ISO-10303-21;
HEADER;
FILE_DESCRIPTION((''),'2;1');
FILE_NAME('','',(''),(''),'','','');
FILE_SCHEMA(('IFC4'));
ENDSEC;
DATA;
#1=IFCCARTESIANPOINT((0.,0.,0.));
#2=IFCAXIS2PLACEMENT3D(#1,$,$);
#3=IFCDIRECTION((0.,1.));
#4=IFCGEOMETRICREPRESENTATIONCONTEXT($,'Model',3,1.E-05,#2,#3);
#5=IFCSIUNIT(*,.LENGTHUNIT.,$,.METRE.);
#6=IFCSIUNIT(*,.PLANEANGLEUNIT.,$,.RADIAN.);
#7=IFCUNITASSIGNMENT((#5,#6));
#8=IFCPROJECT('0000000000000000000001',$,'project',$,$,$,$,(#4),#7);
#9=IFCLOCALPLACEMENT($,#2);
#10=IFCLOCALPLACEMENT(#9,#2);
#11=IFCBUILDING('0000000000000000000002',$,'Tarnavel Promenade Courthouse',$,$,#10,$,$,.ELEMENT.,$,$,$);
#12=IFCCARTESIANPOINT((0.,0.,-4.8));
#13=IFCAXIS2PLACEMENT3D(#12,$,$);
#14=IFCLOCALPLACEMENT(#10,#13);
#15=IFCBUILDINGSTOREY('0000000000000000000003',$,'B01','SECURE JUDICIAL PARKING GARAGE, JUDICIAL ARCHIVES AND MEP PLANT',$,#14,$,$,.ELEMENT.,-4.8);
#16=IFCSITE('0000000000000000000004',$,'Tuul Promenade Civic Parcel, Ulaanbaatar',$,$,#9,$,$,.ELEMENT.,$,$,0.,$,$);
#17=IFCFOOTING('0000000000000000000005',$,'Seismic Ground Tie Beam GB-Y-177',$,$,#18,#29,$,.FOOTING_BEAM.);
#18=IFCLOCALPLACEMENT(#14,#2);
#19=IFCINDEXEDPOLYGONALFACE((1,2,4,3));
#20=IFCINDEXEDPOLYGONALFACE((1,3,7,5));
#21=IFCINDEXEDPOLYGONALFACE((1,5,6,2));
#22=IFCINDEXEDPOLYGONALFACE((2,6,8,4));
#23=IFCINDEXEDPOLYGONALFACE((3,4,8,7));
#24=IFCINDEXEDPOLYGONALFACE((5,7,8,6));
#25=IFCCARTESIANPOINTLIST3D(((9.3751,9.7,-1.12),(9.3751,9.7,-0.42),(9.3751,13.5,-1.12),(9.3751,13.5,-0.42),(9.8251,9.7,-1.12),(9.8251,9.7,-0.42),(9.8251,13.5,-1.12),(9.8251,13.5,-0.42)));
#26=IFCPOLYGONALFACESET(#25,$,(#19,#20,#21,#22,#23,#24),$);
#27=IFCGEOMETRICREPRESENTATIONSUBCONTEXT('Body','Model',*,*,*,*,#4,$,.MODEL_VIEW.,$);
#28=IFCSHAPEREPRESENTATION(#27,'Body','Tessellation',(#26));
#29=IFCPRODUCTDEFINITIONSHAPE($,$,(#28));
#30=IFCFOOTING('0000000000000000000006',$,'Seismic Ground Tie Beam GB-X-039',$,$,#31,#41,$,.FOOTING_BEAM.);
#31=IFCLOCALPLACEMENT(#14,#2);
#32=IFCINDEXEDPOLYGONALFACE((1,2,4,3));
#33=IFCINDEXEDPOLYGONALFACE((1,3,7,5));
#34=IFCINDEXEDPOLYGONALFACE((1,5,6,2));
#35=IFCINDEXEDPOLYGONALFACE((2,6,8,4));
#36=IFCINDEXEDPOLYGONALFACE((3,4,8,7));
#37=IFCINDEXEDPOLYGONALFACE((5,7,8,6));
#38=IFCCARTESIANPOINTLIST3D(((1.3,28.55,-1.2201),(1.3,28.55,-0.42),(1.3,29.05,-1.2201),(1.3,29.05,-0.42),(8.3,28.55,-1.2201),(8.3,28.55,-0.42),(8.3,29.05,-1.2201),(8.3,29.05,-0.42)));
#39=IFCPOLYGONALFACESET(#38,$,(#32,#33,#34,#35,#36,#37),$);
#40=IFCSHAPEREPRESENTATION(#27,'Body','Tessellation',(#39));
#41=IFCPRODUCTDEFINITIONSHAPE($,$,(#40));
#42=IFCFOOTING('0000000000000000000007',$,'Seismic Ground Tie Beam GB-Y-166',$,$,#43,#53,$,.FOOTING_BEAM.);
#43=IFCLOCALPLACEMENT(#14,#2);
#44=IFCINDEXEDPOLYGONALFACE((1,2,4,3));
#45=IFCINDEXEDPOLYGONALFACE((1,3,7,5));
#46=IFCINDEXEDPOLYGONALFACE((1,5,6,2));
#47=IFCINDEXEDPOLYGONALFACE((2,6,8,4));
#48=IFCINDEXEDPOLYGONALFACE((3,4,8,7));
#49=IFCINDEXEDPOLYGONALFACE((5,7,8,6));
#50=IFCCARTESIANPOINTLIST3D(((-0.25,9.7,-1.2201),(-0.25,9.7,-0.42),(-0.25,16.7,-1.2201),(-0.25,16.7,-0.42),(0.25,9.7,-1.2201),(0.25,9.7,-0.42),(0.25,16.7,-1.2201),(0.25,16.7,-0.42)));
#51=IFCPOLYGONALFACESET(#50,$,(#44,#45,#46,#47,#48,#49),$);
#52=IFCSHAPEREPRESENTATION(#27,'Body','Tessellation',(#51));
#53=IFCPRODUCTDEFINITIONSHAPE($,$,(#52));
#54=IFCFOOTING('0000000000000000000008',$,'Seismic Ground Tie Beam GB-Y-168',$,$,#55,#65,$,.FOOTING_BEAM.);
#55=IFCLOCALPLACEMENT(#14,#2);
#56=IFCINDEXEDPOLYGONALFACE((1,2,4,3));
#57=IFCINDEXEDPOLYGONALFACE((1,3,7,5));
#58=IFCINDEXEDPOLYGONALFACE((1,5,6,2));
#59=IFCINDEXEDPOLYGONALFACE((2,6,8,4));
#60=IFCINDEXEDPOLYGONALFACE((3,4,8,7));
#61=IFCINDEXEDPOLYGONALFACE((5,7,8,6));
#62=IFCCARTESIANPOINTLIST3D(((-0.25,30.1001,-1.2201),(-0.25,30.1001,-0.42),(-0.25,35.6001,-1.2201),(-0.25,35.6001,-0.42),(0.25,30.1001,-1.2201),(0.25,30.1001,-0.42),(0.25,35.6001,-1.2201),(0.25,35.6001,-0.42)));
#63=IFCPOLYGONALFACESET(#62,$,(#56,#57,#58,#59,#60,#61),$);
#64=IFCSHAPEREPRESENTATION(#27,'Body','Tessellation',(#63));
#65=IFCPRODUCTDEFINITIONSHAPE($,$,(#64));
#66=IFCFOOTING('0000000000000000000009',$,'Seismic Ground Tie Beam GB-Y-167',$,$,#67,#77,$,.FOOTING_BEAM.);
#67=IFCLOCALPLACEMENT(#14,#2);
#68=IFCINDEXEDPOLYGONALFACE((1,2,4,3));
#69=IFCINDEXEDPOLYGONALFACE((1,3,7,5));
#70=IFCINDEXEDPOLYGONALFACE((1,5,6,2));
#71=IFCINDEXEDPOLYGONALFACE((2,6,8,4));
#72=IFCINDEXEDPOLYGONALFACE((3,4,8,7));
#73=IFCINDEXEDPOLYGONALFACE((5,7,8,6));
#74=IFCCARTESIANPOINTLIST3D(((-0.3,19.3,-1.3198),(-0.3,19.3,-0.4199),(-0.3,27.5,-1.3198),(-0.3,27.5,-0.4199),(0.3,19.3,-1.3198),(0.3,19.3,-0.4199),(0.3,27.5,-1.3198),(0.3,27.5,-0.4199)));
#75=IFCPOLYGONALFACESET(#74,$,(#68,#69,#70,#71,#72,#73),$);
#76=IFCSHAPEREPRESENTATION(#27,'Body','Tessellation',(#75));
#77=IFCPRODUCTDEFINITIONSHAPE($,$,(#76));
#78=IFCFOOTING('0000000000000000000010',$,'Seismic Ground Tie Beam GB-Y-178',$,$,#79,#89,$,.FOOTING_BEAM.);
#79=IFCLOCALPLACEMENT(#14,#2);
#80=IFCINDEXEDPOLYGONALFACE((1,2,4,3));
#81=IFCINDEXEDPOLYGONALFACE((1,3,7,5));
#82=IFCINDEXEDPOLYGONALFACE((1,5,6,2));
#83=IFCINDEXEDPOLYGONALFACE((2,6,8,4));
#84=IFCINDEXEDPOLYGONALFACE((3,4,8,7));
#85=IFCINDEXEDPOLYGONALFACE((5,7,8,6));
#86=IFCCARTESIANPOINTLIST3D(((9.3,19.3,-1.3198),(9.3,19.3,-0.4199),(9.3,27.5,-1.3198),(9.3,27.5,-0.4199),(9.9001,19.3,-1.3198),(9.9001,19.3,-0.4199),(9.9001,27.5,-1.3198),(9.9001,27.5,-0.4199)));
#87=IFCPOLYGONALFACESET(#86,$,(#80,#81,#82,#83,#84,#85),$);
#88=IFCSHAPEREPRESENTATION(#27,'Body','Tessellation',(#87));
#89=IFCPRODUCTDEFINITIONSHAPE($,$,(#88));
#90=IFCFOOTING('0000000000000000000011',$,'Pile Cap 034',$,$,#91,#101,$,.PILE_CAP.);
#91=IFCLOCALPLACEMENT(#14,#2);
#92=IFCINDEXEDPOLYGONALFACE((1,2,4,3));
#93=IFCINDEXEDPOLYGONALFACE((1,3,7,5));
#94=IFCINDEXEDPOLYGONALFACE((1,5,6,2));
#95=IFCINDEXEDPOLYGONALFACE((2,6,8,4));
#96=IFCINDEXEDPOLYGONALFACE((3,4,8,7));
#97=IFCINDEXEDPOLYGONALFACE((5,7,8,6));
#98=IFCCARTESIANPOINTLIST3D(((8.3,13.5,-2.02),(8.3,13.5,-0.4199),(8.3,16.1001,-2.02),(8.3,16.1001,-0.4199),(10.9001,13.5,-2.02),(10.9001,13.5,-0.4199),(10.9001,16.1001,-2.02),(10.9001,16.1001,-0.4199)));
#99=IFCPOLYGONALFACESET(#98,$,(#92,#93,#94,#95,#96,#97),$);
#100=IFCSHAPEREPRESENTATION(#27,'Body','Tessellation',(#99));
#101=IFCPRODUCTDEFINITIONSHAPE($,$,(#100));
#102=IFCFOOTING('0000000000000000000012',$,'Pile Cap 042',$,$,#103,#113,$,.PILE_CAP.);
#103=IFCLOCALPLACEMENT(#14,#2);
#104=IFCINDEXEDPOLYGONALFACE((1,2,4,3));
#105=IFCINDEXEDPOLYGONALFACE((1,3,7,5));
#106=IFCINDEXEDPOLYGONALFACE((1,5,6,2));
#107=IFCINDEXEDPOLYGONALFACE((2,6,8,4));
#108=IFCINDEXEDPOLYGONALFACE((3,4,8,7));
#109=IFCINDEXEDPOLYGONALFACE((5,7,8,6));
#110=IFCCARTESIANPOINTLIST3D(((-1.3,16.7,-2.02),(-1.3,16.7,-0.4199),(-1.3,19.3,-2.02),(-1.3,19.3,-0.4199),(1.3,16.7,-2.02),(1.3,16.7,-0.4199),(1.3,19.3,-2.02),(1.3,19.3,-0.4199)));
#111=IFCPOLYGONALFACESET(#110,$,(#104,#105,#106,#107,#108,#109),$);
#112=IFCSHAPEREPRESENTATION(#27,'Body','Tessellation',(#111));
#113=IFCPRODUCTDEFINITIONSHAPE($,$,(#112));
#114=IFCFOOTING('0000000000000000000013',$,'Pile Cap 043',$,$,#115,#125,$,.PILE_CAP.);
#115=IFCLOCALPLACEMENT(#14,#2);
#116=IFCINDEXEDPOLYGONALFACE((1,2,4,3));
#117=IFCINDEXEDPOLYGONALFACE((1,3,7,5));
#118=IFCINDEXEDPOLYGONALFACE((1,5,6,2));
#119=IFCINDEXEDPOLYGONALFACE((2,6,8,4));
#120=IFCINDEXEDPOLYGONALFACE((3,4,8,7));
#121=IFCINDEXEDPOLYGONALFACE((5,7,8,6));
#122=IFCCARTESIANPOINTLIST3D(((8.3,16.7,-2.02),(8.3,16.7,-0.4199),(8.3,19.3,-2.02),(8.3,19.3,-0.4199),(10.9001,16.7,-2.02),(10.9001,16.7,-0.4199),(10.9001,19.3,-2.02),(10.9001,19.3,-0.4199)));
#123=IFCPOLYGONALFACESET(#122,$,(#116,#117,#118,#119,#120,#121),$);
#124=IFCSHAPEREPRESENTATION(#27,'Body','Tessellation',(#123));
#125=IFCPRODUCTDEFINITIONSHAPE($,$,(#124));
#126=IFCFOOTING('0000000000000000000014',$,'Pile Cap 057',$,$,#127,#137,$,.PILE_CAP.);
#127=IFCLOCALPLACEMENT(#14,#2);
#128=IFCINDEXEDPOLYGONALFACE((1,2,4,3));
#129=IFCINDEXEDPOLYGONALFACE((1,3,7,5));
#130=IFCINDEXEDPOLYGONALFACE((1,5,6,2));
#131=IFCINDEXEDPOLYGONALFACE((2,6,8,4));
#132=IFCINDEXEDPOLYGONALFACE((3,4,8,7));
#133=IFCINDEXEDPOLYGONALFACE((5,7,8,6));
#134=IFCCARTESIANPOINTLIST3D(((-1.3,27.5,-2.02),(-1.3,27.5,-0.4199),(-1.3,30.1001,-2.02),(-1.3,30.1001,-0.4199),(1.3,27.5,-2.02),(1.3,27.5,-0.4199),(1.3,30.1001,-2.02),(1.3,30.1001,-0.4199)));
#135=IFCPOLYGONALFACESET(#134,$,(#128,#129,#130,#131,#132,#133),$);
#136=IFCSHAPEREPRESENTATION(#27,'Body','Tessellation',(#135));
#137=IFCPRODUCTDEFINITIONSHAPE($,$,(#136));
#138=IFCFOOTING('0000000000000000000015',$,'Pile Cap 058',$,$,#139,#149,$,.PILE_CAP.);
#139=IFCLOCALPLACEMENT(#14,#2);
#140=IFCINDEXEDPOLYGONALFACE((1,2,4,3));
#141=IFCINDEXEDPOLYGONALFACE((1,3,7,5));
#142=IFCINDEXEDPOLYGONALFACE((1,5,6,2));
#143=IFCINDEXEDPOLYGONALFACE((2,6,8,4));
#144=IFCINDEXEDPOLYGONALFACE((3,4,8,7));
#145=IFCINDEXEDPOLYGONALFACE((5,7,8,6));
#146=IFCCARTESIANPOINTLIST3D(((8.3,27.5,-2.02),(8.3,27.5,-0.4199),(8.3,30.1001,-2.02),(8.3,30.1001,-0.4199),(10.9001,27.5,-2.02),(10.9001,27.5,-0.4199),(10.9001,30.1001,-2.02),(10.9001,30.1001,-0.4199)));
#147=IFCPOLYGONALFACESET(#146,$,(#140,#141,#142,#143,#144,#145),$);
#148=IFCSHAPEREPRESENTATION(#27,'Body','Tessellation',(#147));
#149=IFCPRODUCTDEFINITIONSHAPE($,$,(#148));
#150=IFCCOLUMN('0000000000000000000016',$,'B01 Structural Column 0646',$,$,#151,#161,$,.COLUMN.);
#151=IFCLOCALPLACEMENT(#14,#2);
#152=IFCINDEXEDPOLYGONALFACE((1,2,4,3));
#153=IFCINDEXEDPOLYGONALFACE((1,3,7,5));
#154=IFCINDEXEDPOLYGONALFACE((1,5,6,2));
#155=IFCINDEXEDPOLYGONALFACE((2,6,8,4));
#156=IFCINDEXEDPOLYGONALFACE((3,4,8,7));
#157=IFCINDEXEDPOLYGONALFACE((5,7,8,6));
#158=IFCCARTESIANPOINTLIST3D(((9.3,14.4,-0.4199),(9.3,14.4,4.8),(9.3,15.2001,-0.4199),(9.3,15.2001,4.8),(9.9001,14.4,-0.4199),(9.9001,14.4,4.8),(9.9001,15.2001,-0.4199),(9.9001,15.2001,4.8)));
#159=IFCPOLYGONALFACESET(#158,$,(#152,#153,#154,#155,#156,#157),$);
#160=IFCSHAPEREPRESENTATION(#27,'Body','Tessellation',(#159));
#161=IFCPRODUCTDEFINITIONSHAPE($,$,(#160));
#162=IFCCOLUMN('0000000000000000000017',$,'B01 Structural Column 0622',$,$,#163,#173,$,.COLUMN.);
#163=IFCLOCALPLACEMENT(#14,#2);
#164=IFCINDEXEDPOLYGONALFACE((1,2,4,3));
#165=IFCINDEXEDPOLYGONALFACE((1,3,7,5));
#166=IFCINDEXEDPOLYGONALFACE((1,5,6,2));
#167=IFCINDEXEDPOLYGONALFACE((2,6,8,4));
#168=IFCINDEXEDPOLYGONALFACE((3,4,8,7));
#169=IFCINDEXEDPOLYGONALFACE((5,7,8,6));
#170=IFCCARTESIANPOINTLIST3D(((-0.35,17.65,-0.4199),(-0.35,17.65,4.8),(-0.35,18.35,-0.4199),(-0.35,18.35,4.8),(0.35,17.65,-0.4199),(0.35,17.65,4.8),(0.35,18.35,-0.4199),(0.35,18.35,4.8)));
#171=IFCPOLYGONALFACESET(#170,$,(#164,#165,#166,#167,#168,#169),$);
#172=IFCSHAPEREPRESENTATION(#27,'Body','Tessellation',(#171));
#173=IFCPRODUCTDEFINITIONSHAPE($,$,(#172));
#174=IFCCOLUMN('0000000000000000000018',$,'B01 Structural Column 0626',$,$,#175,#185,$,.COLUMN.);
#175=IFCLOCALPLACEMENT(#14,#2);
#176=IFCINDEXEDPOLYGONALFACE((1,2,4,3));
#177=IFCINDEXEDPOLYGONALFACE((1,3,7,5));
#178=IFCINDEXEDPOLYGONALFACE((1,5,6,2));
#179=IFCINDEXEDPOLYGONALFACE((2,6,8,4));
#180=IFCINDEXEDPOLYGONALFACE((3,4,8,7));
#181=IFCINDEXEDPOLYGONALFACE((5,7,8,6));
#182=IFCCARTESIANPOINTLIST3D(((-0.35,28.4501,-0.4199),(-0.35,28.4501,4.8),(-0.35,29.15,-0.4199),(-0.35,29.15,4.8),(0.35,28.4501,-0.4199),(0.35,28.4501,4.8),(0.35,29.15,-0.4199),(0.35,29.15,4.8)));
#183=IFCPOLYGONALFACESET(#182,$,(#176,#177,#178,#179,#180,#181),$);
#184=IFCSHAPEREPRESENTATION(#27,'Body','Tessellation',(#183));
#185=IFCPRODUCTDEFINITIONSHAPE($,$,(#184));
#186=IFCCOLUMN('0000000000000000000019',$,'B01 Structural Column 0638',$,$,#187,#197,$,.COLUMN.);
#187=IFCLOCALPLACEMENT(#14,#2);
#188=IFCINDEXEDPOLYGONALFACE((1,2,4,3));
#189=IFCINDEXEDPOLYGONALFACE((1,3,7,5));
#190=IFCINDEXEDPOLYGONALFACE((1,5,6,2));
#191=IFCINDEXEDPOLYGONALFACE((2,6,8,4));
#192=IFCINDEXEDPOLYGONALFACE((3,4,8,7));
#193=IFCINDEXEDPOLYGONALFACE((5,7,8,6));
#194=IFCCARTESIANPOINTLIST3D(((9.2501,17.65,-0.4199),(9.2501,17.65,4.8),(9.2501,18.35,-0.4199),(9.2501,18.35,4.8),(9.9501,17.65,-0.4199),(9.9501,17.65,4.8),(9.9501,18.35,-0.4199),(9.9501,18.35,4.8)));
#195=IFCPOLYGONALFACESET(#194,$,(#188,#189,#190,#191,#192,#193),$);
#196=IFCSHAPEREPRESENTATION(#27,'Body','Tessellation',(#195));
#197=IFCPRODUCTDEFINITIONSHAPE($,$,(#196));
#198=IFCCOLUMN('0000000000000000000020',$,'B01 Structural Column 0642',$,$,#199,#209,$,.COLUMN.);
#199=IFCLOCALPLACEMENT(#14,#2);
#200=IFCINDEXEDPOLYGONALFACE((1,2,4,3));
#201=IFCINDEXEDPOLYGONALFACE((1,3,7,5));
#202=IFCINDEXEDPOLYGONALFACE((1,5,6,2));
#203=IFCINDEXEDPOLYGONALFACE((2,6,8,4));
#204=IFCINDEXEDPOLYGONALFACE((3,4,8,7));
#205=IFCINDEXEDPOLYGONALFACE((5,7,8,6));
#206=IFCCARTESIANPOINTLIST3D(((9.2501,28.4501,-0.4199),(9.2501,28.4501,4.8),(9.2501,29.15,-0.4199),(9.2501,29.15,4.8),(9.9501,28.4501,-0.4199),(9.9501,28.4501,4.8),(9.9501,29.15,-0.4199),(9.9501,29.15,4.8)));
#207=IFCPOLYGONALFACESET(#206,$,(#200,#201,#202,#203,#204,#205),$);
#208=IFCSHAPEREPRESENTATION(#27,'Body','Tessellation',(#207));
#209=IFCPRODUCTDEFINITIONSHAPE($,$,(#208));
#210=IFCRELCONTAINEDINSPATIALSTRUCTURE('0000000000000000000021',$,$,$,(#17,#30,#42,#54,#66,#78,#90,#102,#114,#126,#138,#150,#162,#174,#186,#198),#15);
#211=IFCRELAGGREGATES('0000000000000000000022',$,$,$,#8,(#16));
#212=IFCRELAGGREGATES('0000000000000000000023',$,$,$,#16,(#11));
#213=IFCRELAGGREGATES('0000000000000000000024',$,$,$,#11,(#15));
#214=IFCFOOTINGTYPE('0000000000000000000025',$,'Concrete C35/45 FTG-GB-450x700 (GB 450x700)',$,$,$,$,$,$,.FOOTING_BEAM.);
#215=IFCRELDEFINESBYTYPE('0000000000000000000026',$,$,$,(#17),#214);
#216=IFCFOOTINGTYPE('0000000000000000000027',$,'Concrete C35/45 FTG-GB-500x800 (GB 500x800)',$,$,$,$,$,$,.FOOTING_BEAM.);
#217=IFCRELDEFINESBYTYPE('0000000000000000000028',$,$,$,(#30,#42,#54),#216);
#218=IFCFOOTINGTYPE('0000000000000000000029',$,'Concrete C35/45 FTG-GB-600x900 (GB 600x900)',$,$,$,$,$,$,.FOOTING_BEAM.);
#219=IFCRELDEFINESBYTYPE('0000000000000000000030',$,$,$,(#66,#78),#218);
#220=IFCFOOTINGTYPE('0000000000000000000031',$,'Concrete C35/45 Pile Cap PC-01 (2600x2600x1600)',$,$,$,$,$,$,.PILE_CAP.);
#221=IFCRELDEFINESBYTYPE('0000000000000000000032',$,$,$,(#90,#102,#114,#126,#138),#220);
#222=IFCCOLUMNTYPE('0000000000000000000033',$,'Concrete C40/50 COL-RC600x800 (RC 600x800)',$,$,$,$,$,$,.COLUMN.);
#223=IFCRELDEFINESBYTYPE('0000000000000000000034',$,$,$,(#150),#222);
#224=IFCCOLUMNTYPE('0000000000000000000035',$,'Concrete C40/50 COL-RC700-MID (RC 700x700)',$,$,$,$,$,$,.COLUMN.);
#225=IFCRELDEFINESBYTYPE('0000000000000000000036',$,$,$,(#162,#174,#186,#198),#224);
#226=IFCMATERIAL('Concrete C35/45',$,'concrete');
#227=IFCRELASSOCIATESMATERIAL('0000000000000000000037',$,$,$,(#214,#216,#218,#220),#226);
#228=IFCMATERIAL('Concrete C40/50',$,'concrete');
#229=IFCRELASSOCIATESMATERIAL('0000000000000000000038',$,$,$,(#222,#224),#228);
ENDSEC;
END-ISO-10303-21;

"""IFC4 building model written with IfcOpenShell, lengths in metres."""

from ifc_helpers import new_model, si_unit, direction, frame, origin, origin_2d, place, context, subcontext, project, spatial, rectangle, extrude, material, material_profile, profile_set, type_object, element, save


model = new_model("IFC4")

# Units and contexts
model_context = context("Model", 3, precision=1e-05, world=origin(), true_north=direction((0.0, 1.0)))
body_context = subcontext(model_context, "Body", "Model", "MODEL_VIEW")
ifc_project = project(units=[si_unit("LENGTHUNIT", "METRE"), si_unit("PLANEANGLEUNIT", "RADIAN")], contexts=[model_context])

# Site, building, storey
site_placement = place(None, origin())
site = spatial("IfcSite", under=ifc_project, at=site_placement, Name="Tuul Promenade Civic Parcel, Ulaanbaatar", CompositionType="ELEMENT", RefElevation=0.0)
building_placement = place(site_placement, origin())
building = spatial("IfcBuilding", under=site, at=building_placement, Name="Tarnavel Promenade Courthouse", CompositionType="ELEMENT")
storey_placement = place(building_placement, frame((0.0, 0.0, -4.8)))
storey = spatial("IfcBuildingStorey", under=building, at=storey_placement, Name="B01", Description="SECURE JUDICIAL PARKING GARAGE, JUDICIAL ARCHIVES AND MEP PLANT", CompositionType="ELEMENT", Elevation=-4.8)

# Footings
ifc_material_1 = material(Name="Concrete C35/45", Category="concrete")
ifc_material_profile_1 = material_profile(ifc_material_1, rectangle(XDim=0.45, YDim=0.7, at=origin_2d()), Name="GB 450x700")
ifc_profile_set_1 = profile_set([ifc_material_profile_1], Name="Concrete C35/45")
footing_type_1 = type_object("IfcFootingType", Name="Concrete C35/45 FTG-GB-450x700 (GB 450x700)", PredefinedType="FOOTING_BEAM", material=ifc_profile_set_1)
footing_1_placement = place(storey_placement, frame((9.6001, 9.7, -0.77), z_axis=(0.0, 1.0, 0.0), x_axis=(-1.0, 0.0, 0.0)))
element("IfcFooting", 1, at=footing_1_placement, inside=storey, type_object=footing_type_1, Name="Seismic Ground Tie Beam GB-Y-177", PredefinedType="FOOTING_BEAM", context=body_context, shape_type="SweptSolid", body=[
    extrude(rectangle(XDim=0.45, YDim=0.7, at=origin_2d()), origin(), (0.0, 0.0, 1.0), 3.8),
])
ifc_material_profile_2 = material_profile(ifc_material_1, rectangle(XDim=0.5, YDim=0.8, at=origin_2d()), Name="GB 500x800")
ifc_profile_set_2 = profile_set([ifc_material_profile_2], Name="Concrete C35/45")
footing_type_2 = type_object("IfcFootingType", Name="Concrete C35/45 FTG-GB-500x800 (GB 500x800)", PredefinedType="FOOTING_BEAM", material=ifc_profile_set_2)
for number, where, z_axis, x_axis, name in (
    (2, (1.3, 28.8, -0.8201), (1.0, 0.0, 0.0), (0.0, 1.0, 0.0), "Seismic Ground Tie Beam GB-X-039"),
    (3, (0.0, 9.7, -0.8201), (0.0, 1.0, 0.0), (-1.0, 0.0, 0.0), "Seismic Ground Tie Beam GB-Y-166"),
):
    element("IfcFooting", number, at=place(storey_placement, frame(where, z_axis=z_axis, x_axis=x_axis)), inside=storey, type_object=footing_type_2, Name=name, PredefinedType="FOOTING_BEAM", context=body_context, shape_type="SweptSolid", body=[
        extrude(rectangle(XDim=0.5, YDim=0.8, at=origin_2d()), origin(), (0.0, 0.0, 1.0), 7.0),
    ])
footing_2_placement = place(storey_placement, frame((0.0, 30.1001, -0.8201), z_axis=(0.0, 1.0, 0.0), x_axis=(-1.0, 0.0, 0.0)))
element("IfcFooting", 4, at=footing_2_placement, inside=storey, type_object=footing_type_2, Name="Seismic Ground Tie Beam GB-Y-168", PredefinedType="FOOTING_BEAM", context=body_context, shape_type="SweptSolid", body=[
    extrude(rectangle(XDim=0.5, YDim=0.8, at=origin_2d()), origin(), (0.0, 0.0, 1.0), 5.5),
])
ifc_material_profile_3 = material_profile(ifc_material_1, rectangle(XDim=0.6001, YDim=0.8999, at=origin_2d()), Name="GB 600x900")
ifc_profile_set_3 = profile_set([ifc_material_profile_3], Name="Concrete C35/45")
footing_type_3 = type_object("IfcFootingType", Name="Concrete C35/45 FTG-GB-600x900 (GB 600x900)", PredefinedType="FOOTING_BEAM", material=ifc_profile_set_3)
for number, where, z_axis, x_axis, name in (
    (5, (0.0, 19.3, -0.8699), (0.0, 1.0, 0.0), (-1.0, 0.0, 0.0), "Seismic Ground Tie Beam GB-Y-167"),
    (6, (9.6001, 19.3, -0.8699), (0.0, 1.0, 0.0), (-1.0, 0.0, 0.0), "Seismic Ground Tie Beam GB-Y-178"),
):
    element("IfcFooting", number, at=place(storey_placement, frame(where, z_axis=z_axis, x_axis=x_axis)), inside=storey, type_object=footing_type_3, Name=name, PredefinedType="FOOTING_BEAM", context=body_context, shape_type="SweptSolid", body=[
        extrude(rectangle(XDim=0.6001, YDim=0.8999, at=origin_2d()), origin(), (0.0, 0.0, 1.0), 8.2),
    ])
footing_type_4 = type_object("IfcFootingType", Name="Concrete C35/45 Pile Cap PC-01 (2600x2600x1600)", PredefinedType="PILE_CAP", material=ifc_material_1)
for number, where, z_axis, x_axis, name in (
    (7, (9.6001, 14.8, -2.02), (0.0, 0.0, 1.0), (1.0, 0.0, 0.0), "Pile Cap 034"),
    (8, (0.0, 18.0, -2.02), (0.0, 0.0, 1.0), (1.0, 0.0, 0.0), "Pile Cap 042"),
    (9, (9.6001, 18.0, -2.02), (0.0, 0.0, 1.0), (1.0, 0.0, 0.0), "Pile Cap 043"),
    (10, (0.0, 28.8, -2.02), (0.0, 0.0, 1.0), (1.0, 0.0, 0.0), "Pile Cap 057"),
    (11, (9.6001, 28.8, -2.02), (0.0, 0.0, 1.0), (1.0, 0.0, 0.0), "Pile Cap 058"),
):
    element("IfcFooting", number, at=place(storey_placement, frame(where, z_axis=z_axis, x_axis=x_axis)), inside=storey, type_object=footing_type_4, Name=name, PredefinedType="PILE_CAP", context=body_context, shape_type="SweptSolid", body=[
        extrude(rectangle(XDim=2.6001, YDim=2.6001, at=origin_2d()), origin(), (0.0, 0.0, 1.0), 1.6001),
    ])

# Columns
ifc_material_2 = material(Name="Concrete C40/50", Category="concrete")
ifc_material_profile_4 = material_profile(ifc_material_2, rectangle(XDim=0.6001, YDim=0.8, at=origin_2d()), Name="RC 600x800")
ifc_profile_set_4 = profile_set([ifc_material_profile_4], Name="Concrete C40/50")
column_type_1 = type_object("IfcColumnType", Name="Concrete C40/50 COL-RC600x800 (RC 600x800)", PredefinedType="COLUMN", material=ifc_profile_set_4)
column_placement = place(storey_placement, frame((9.6001, 14.8, -0.4199), z_axis=(0.0, 0.0, 1.0), x_axis=(1.0, 0.0, 0.0)))
element("IfcColumn", 12, at=column_placement, inside=storey, type_object=column_type_1, Name="B01 Structural Column 0646", PredefinedType="COLUMN", context=body_context, shape_type="SweptSolid", body=[
    extrude(rectangle(XDim=0.6001, YDim=0.8, at=origin_2d()), origin(), (0.0, 0.0, 1.0), 5.22),
])
ifc_material_profile_5 = material_profile(ifc_material_2, rectangle(XDim=0.7, YDim=0.7, at=origin_2d()), Name="RC 700x700")
ifc_profile_set_5 = profile_set([ifc_material_profile_5], Name="Concrete C40/50")
column_type_2 = type_object("IfcColumnType", Name="Concrete C40/50 COL-RC700-MID (RC 700x700)", PredefinedType="COLUMN", material=ifc_profile_set_5)
for number, where, z_axis, x_axis, name in (
    (13, (0.0, 18.0, -0.4199), (0.0, 0.0, 1.0), (1.0, 0.0, 0.0), "B01 Structural Column 0622"),
    (14, (0.0, 28.8, -0.4199), (0.0, 0.0, 1.0), (1.0, 0.0, 0.0), "B01 Structural Column 0626"),
    (15, (9.6001, 18.0, -0.4199), (0.0, 0.0, 1.0), (1.0, 0.0, 0.0), "B01 Structural Column 0638"),
    (16, (9.6001, 28.8, -0.4199), (0.0, 0.0, 1.0), (1.0, 0.0, 0.0), "B01 Structural Column 0642"),
):
    element("IfcColumn", number, at=place(storey_placement, frame(where, z_axis=z_axis, x_axis=x_axis)), inside=storey, type_object=column_type_2, Name=name, PredefinedType="COLUMN", context=body_context, shape_type="SweptSolid", body=[
        extrude(rectangle(XDim=0.7, YDim=0.7, at=origin_2d()), origin(), (0.0, 0.0, 1.0), 5.22),
    ])

save(model, "model.ifc")
